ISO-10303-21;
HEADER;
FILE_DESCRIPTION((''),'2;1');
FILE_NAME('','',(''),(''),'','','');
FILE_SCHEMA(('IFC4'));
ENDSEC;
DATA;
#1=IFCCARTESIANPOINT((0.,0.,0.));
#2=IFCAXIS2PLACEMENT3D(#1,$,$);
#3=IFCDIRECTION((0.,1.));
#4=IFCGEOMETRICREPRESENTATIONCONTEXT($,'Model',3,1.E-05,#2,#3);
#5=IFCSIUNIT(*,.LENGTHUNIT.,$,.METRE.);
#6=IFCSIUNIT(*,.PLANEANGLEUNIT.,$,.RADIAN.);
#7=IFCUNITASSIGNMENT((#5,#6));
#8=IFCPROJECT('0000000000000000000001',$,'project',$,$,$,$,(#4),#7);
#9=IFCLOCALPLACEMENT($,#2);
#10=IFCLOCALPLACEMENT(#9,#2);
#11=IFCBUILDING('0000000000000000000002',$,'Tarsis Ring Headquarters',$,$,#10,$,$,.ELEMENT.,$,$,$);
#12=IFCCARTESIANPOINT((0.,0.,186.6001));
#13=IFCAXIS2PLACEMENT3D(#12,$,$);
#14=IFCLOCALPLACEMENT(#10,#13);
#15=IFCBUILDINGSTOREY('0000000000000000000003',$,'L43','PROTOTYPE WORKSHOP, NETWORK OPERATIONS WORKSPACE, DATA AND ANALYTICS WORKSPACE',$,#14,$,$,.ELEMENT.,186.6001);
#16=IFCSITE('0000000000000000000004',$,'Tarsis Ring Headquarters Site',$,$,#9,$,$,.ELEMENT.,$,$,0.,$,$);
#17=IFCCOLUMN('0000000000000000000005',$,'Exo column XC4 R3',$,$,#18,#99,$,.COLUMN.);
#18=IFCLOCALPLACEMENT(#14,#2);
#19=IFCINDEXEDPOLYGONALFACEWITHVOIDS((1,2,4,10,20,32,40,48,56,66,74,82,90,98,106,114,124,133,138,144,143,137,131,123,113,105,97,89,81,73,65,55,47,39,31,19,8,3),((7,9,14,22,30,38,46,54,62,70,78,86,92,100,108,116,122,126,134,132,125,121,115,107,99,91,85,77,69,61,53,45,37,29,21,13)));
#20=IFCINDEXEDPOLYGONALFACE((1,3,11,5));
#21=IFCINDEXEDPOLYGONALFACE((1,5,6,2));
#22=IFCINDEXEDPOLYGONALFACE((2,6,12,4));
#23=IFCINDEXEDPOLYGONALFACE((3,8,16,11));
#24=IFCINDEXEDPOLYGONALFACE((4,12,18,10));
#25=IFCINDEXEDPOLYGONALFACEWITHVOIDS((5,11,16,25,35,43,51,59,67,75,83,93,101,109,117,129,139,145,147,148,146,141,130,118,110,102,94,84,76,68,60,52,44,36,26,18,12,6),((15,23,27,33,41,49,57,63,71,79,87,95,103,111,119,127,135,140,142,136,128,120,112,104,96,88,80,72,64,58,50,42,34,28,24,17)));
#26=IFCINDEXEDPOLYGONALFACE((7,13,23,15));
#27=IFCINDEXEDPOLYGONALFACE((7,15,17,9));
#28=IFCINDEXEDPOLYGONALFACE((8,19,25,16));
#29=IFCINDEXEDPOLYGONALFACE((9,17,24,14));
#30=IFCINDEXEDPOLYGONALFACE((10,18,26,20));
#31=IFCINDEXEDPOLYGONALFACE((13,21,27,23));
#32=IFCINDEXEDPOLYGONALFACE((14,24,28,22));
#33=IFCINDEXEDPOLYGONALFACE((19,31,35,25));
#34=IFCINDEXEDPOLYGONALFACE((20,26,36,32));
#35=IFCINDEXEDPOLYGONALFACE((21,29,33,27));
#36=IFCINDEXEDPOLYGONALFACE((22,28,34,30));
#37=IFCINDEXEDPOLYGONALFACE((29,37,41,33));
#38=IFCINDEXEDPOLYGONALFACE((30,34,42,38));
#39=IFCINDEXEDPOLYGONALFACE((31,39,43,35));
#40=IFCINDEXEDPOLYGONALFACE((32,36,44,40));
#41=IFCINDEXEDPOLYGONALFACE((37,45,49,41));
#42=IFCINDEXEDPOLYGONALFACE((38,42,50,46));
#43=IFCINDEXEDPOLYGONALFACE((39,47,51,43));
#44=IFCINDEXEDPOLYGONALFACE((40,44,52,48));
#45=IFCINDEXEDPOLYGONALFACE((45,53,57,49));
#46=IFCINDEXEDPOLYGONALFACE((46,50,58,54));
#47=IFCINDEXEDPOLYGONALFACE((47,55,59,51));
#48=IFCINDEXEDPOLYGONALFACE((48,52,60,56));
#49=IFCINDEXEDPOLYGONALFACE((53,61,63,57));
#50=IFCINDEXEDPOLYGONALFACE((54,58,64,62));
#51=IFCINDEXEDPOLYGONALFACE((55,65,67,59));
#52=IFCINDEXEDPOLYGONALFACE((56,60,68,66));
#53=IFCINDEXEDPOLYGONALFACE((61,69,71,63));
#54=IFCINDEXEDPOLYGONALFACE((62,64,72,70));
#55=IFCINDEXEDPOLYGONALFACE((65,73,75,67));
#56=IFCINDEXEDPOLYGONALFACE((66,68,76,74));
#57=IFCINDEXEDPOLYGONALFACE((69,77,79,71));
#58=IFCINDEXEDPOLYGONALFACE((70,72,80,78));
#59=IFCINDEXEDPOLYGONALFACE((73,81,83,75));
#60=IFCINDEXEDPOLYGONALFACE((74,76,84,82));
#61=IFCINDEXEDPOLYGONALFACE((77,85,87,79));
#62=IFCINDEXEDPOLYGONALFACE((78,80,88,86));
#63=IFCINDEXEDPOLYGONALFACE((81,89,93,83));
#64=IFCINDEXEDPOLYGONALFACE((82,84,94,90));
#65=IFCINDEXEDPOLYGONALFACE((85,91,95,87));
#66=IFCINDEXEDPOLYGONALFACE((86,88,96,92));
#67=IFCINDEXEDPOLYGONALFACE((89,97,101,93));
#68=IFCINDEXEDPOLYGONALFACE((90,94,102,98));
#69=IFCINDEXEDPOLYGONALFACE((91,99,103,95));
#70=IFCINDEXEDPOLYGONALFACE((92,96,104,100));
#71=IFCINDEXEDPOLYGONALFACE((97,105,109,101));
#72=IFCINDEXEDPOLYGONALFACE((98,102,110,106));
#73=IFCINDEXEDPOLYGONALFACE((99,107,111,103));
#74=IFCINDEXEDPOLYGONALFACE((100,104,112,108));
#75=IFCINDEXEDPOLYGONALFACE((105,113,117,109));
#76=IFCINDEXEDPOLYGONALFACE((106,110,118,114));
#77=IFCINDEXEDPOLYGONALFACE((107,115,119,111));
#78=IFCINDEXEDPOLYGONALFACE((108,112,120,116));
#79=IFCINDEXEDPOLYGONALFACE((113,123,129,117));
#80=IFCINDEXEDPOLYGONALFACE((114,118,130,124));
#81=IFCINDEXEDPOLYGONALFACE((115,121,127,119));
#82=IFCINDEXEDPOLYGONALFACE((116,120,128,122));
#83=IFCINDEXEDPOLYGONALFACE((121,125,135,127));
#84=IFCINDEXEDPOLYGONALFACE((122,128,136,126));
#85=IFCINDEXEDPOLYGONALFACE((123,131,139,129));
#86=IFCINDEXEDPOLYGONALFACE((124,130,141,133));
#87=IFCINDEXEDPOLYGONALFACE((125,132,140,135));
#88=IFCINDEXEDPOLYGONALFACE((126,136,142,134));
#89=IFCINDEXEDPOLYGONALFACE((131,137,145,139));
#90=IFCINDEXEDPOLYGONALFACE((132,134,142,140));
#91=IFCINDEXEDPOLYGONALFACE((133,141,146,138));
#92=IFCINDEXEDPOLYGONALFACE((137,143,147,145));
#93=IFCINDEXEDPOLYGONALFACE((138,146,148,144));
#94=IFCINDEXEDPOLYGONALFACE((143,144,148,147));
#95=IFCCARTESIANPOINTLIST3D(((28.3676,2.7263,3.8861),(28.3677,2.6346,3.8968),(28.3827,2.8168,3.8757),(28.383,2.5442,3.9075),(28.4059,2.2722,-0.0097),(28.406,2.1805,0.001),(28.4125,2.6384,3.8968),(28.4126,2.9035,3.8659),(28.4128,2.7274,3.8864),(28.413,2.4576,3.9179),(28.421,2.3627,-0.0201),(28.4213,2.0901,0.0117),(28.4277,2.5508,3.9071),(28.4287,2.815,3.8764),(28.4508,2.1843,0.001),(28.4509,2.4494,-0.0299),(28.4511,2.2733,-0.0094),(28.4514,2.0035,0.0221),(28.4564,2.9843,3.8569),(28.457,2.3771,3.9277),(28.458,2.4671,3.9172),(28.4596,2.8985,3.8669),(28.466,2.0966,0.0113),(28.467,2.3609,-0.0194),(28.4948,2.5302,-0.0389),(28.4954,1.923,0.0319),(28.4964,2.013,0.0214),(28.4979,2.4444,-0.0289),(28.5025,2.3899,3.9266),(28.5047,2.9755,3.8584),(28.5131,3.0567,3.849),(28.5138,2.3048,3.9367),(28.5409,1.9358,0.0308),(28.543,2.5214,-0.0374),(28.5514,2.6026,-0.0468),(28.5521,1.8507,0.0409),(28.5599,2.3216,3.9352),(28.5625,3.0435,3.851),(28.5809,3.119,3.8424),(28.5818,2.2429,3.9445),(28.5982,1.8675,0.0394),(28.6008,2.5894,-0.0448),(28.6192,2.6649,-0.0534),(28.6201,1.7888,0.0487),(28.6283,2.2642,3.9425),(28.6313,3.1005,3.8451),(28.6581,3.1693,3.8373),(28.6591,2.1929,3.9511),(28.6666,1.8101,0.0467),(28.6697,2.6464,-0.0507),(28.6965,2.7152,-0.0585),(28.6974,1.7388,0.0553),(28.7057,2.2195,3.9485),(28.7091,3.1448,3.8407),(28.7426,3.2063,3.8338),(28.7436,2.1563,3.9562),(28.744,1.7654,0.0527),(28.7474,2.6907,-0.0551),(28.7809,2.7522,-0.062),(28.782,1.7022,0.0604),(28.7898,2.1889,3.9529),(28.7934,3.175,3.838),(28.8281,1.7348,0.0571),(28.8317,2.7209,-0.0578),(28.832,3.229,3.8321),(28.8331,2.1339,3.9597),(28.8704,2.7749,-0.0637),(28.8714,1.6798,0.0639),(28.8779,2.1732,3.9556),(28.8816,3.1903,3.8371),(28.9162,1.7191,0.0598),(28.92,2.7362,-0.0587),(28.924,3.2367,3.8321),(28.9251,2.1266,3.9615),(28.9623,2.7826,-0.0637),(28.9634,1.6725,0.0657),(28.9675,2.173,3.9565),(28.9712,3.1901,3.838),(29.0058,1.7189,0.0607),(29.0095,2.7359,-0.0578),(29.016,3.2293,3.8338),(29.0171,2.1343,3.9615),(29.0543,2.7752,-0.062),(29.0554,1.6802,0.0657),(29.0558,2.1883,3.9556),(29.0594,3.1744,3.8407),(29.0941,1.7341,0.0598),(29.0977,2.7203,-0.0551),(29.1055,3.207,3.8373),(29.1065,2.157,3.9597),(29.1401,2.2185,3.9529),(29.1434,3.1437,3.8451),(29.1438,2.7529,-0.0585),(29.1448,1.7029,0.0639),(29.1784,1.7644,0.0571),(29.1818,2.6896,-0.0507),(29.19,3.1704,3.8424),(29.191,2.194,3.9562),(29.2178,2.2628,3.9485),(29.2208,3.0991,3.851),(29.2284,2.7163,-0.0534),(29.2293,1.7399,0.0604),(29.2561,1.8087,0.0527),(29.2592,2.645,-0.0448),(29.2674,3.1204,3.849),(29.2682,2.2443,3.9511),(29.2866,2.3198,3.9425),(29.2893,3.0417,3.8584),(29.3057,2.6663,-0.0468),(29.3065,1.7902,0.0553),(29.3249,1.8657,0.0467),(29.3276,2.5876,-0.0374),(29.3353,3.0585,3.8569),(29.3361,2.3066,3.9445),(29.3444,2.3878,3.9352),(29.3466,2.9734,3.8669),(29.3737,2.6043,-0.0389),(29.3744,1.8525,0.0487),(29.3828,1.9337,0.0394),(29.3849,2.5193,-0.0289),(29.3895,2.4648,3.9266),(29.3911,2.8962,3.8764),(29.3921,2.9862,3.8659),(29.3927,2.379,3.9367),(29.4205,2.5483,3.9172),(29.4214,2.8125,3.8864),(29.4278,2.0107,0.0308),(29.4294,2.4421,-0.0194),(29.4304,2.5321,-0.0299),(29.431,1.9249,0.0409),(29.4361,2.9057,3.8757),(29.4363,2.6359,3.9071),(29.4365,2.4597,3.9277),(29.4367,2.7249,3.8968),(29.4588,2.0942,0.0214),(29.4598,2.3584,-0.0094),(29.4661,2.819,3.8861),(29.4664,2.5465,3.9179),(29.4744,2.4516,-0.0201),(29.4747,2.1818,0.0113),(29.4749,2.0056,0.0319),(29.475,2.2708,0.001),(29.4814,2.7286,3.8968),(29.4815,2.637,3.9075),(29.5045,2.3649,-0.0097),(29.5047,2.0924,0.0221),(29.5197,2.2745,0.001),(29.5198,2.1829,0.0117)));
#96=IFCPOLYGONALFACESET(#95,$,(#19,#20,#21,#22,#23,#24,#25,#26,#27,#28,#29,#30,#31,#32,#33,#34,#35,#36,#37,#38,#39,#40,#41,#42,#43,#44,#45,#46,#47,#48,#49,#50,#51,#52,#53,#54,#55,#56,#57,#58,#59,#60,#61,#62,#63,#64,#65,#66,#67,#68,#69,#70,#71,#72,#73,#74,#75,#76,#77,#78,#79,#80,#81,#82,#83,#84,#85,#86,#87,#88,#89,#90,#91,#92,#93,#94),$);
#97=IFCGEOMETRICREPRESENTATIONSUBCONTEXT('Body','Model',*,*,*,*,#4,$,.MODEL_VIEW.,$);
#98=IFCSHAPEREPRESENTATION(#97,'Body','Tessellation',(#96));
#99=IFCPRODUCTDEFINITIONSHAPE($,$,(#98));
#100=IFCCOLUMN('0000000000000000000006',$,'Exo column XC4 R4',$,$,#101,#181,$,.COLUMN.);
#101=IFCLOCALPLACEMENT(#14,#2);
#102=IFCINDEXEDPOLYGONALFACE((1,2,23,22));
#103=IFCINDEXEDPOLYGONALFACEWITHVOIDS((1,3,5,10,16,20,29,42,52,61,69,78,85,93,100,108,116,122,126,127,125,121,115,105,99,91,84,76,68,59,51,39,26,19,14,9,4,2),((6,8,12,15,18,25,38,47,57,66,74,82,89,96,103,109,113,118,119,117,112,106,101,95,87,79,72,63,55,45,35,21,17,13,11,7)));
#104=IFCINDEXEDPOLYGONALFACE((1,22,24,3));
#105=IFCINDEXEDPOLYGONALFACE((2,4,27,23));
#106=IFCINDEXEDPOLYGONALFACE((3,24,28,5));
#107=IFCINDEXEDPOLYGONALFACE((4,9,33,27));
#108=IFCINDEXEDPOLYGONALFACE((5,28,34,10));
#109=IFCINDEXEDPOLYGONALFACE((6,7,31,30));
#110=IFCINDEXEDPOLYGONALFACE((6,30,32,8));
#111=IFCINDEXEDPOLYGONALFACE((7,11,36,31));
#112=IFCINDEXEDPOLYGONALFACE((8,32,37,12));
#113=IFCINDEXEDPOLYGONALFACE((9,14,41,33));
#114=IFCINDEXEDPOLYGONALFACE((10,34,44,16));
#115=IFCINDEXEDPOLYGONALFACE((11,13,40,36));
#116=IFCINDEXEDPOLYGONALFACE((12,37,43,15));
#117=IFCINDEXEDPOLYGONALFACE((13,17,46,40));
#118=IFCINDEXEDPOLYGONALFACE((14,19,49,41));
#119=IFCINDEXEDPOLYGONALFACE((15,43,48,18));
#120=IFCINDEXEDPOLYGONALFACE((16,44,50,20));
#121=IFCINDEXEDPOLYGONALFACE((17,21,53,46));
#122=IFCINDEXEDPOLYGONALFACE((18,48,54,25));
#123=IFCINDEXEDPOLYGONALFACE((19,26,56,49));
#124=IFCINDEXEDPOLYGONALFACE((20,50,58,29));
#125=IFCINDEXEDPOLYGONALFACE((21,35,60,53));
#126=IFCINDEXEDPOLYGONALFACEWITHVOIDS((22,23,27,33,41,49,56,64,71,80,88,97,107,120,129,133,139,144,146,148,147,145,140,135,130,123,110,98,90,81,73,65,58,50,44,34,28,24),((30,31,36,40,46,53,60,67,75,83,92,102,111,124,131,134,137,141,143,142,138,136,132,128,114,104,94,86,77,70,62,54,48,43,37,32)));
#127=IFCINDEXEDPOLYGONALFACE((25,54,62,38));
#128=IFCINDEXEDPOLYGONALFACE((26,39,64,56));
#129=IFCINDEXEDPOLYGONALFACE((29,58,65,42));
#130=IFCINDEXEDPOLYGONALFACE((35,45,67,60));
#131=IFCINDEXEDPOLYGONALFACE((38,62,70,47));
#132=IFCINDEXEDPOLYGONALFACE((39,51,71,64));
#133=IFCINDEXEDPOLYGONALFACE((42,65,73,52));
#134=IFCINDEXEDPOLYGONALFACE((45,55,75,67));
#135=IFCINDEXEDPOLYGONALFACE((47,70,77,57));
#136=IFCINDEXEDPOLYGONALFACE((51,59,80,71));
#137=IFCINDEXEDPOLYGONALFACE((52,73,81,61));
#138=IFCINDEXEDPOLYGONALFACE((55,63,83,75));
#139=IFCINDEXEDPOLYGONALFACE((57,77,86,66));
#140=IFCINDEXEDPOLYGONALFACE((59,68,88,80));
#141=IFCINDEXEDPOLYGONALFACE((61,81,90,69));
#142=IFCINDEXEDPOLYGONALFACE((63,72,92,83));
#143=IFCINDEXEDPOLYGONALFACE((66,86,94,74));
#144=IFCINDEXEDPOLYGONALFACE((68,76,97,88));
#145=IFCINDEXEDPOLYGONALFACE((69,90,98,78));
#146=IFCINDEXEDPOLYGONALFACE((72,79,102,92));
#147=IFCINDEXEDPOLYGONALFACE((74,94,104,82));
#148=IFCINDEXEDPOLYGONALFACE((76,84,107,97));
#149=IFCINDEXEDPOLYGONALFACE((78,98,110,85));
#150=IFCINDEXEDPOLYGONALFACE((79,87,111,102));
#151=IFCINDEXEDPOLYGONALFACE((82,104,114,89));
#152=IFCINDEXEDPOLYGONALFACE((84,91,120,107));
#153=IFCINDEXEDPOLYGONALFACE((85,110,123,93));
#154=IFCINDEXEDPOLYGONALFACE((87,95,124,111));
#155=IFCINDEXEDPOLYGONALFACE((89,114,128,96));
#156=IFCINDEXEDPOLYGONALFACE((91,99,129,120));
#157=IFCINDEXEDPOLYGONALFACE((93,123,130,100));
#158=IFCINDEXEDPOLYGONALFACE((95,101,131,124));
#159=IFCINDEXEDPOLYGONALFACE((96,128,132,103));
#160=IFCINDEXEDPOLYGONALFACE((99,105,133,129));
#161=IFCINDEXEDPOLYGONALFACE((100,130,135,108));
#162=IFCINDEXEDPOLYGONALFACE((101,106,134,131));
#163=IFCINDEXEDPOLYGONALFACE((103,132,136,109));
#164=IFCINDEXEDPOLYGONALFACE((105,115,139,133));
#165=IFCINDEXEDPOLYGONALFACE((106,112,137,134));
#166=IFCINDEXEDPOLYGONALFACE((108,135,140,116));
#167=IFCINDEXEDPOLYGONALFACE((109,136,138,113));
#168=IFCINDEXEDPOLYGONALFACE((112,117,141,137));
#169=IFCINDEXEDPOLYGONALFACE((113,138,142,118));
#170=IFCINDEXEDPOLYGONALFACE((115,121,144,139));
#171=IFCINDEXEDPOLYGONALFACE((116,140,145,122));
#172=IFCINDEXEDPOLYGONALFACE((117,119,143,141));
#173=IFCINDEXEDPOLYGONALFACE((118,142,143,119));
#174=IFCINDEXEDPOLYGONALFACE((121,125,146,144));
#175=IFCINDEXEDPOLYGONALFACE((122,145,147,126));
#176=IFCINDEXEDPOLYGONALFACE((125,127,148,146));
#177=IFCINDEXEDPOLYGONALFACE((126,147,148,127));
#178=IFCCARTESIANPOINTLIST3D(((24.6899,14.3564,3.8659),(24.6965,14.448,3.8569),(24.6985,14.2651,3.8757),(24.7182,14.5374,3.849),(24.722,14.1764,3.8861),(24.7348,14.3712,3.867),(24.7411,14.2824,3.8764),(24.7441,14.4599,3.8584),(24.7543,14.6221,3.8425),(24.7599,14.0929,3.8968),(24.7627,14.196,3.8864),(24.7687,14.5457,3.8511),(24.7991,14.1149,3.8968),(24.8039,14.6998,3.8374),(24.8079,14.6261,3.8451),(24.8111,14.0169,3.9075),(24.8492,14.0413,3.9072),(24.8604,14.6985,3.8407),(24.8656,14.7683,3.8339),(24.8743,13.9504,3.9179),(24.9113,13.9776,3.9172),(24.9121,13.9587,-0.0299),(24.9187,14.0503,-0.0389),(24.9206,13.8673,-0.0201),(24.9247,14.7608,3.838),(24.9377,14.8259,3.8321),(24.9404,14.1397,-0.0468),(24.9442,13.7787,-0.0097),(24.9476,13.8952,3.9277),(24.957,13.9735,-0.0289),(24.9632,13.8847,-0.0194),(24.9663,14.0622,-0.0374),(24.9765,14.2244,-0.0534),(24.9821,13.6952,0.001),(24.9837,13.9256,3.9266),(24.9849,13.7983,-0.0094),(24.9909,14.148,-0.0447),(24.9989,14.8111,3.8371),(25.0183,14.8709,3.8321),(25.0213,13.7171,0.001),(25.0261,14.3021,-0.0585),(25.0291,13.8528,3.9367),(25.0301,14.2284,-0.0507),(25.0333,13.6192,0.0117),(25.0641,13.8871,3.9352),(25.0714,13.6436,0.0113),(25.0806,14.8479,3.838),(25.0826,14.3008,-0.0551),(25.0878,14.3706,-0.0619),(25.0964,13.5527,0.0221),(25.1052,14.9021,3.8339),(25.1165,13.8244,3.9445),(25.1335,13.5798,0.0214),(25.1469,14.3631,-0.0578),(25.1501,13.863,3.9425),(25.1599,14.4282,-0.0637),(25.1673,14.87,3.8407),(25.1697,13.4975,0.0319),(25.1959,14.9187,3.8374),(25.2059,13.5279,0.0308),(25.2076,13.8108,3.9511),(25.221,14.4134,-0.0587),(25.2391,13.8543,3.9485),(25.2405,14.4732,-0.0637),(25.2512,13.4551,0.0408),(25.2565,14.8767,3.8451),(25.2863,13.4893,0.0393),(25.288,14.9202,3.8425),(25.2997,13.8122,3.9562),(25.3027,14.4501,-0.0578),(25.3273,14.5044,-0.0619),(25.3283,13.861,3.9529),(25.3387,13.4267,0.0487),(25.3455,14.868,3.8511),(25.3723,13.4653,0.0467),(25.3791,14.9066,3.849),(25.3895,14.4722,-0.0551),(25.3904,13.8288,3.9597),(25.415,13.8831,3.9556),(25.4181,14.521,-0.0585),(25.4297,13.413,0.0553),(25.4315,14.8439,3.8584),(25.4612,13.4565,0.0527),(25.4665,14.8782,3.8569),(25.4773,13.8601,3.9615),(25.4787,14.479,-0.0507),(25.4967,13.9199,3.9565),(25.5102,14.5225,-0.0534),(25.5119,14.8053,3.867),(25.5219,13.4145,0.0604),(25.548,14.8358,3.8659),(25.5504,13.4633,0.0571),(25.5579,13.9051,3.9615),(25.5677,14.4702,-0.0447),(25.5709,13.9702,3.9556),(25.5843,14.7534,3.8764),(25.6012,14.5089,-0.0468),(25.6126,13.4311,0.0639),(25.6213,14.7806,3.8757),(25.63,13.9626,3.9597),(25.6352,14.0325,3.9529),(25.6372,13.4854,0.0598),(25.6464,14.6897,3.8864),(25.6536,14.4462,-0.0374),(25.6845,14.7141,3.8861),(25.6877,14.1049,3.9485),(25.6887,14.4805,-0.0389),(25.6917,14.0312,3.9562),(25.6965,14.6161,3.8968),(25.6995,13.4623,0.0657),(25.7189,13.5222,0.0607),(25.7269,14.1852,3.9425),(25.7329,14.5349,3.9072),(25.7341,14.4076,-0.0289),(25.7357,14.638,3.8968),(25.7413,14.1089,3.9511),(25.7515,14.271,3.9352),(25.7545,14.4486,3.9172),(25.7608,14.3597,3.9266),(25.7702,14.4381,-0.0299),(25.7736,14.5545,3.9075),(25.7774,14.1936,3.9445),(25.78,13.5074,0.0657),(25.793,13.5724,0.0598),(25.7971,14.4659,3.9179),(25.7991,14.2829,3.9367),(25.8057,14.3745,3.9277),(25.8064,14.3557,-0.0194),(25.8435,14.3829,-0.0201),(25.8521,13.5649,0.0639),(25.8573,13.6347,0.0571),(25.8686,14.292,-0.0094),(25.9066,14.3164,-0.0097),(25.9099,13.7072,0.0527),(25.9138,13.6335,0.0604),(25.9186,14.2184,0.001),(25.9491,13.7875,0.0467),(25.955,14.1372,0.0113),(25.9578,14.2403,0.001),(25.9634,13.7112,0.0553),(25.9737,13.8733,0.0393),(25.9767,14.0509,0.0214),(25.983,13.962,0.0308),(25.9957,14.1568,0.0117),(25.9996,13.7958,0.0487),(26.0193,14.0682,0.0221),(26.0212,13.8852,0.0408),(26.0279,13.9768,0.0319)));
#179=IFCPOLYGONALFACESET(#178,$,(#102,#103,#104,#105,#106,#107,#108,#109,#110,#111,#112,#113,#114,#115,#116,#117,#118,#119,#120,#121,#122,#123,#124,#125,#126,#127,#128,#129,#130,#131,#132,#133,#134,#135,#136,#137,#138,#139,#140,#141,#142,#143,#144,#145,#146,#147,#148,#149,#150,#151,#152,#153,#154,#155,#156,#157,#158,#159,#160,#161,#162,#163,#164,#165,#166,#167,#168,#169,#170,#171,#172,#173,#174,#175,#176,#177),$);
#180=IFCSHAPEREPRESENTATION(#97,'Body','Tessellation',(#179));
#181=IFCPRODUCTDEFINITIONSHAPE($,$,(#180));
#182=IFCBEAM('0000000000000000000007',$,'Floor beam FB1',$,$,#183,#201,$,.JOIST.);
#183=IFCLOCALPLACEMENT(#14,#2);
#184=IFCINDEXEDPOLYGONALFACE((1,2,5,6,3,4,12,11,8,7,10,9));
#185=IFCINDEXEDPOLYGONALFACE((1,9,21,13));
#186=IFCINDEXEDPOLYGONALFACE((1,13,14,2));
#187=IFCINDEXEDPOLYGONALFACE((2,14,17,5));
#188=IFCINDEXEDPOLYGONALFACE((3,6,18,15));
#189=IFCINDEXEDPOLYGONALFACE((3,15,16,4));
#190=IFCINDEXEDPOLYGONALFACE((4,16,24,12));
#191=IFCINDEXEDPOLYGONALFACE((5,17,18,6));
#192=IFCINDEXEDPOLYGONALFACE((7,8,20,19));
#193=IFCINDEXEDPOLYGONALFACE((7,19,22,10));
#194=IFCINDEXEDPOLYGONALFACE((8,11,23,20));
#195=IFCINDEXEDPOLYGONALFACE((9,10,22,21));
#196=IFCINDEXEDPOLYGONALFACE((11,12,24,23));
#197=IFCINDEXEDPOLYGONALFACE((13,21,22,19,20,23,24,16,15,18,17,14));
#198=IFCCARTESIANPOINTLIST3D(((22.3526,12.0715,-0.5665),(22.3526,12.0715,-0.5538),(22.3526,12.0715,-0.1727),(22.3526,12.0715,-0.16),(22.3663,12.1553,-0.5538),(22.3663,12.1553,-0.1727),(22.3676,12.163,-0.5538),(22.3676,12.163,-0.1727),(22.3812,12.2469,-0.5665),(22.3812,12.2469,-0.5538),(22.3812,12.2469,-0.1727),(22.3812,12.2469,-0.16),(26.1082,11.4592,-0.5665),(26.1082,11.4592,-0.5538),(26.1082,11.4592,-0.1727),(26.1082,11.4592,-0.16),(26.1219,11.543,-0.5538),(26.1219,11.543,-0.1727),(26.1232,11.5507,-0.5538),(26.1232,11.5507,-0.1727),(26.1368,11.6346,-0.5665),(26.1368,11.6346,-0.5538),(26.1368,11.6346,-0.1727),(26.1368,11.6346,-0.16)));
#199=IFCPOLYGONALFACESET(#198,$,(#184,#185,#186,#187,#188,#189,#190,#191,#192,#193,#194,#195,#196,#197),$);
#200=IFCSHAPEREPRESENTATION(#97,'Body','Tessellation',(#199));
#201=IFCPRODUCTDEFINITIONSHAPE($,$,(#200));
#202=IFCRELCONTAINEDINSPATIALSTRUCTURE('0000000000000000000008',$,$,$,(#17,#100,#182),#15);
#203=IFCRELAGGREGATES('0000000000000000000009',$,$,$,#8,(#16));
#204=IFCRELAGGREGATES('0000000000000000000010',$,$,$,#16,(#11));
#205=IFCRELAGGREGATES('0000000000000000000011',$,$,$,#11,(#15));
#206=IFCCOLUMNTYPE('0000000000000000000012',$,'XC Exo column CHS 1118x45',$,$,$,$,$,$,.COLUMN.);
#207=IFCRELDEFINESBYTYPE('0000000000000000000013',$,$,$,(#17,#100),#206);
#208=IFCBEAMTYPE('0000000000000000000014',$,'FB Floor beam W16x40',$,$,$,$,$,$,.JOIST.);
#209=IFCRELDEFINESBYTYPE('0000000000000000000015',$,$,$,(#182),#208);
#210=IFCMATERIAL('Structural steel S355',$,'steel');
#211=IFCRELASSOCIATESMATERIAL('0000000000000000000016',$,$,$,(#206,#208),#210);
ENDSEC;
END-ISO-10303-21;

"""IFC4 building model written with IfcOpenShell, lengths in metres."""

from ifc_helpers import new_model, si_unit, direction, frame, origin, origin_2d, place, context, subcontext, project, spatial, hollow_circle, i_section, extrude, material, material_profile, profile_set, type_object, element, save


model = new_model("IFC4")

# Units and contexts
model_context = context("Model", 3, precision=1e-05, world=origin(), true_north=direction((0.0, 1.0)))
body_context = subcontext(model_context, "Body", "Model", "MODEL_VIEW")
ifc_project = project(units=[si_unit("LENGTHUNIT", "METRE"), si_unit("PLANEANGLEUNIT", "RADIAN")], contexts=[model_context])

# Site, building, storey
site_placement = place(None, origin())
site = spatial("IfcSite", under=ifc_project, at=site_placement, Name="Tarsis Ring Headquarters Site", CompositionType="ELEMENT", RefElevation=0.0)
building_placement = place(site_placement, origin())
building = spatial("IfcBuilding", under=site, at=building_placement, Name="Tarsis Ring Headquarters", CompositionType="ELEMENT")
storey_placement = place(building_placement, frame((0.0, 0.0, 186.6001)))
storey = spatial("IfcBuildingStorey", under=building, at=storey_placement, Name="L43", Description="PROTOTYPE WORKSHOP, NETWORK OPERATIONS WORKSPACE, DATA AND ANALYTICS WORKSPACE", CompositionType="ELEMENT", Elevation=186.6001)

# Columns
ifc_material_1 = material(Name="Structural steel S355", Category="steel")
ifc_material_profile_1 = material_profile(ifc_material_1, hollow_circle(Radius=0.5588, WallThickness=0.0449, at=origin_2d()), Name="CHS 1118x45")
ifc_profile_set_1 = profile_set([ifc_material_profile_1], Name="Structural steel S355")
column_type = type_object("IfcColumnType", Name="XC Exo column CHS 1118x45", PredefinedType="COLUMN", material=ifc_profile_set_1)
for number, where, z_axis, x_axis, name in (
    (1, (28.9629, 2.2275, 0.001), (-0.009772, 0.115774, 0.993228), (-0.996457, -0.08411, 0.0), "Exo column XC4 R3"),
    (2, (25.47, 13.9678, 0.001), (-0.056642, 0.101396, 0.993232), (-0.873017, -0.487689, 0.0), "Exo column XC4 R4"),
):
    element("IfcColumn", number, at=place(storey_placement, frame(where, z_axis=z_axis, x_axis=x_axis)), inside=storey, type_object=column_type, Name=name, PredefinedType="COLUMN", context=body_context, shape_type="SweptSolid", body=[
        extrude(hollow_circle(Radius=0.5588, WallThickness=0.0449, at=origin_2d()), origin(), (0.0, 0.0, 1.0), 3.9224),
    ])

# Beam
ifc_material_profile_2 = material_profile(ifc_material_1, i_section(OverallWidth=0.1777, OverallDepth=0.4065, WebThickness=0.0078, FlangeThickness=0.0127, at=origin_2d()), Name="W16x40")
ifc_profile_set_2 = profile_set([ifc_material_profile_2], Name="Structural steel S355")
beam_type_1 = type_object("IfcBeamType", Name="FB Floor beam W16x40", PredefinedType="JOIST", material=ifc_profile_set_2)
beam_1_placement = place(storey_placement, frame((22.3669, 12.1592, -0.3633), z_axis=(0.986969, -0.160913, 0.0), x_axis=(0.160913, 0.986969, 0.0)))
element("IfcBeam", 3, at=beam_1_placement, inside=storey, type_object=beam_type_1, Name="Floor beam FB1", PredefinedType="JOIST", context=body_context, shape_type="SweptSolid", body=[
    extrude(i_section(OverallWidth=0.1777, OverallDepth=0.4065, WebThickness=0.0078, FlangeThickness=0.0127, at=origin_2d()), origin(), (0.0, 0.0, 1.0), 3.8052),
])

save(model, "model.ifc")
